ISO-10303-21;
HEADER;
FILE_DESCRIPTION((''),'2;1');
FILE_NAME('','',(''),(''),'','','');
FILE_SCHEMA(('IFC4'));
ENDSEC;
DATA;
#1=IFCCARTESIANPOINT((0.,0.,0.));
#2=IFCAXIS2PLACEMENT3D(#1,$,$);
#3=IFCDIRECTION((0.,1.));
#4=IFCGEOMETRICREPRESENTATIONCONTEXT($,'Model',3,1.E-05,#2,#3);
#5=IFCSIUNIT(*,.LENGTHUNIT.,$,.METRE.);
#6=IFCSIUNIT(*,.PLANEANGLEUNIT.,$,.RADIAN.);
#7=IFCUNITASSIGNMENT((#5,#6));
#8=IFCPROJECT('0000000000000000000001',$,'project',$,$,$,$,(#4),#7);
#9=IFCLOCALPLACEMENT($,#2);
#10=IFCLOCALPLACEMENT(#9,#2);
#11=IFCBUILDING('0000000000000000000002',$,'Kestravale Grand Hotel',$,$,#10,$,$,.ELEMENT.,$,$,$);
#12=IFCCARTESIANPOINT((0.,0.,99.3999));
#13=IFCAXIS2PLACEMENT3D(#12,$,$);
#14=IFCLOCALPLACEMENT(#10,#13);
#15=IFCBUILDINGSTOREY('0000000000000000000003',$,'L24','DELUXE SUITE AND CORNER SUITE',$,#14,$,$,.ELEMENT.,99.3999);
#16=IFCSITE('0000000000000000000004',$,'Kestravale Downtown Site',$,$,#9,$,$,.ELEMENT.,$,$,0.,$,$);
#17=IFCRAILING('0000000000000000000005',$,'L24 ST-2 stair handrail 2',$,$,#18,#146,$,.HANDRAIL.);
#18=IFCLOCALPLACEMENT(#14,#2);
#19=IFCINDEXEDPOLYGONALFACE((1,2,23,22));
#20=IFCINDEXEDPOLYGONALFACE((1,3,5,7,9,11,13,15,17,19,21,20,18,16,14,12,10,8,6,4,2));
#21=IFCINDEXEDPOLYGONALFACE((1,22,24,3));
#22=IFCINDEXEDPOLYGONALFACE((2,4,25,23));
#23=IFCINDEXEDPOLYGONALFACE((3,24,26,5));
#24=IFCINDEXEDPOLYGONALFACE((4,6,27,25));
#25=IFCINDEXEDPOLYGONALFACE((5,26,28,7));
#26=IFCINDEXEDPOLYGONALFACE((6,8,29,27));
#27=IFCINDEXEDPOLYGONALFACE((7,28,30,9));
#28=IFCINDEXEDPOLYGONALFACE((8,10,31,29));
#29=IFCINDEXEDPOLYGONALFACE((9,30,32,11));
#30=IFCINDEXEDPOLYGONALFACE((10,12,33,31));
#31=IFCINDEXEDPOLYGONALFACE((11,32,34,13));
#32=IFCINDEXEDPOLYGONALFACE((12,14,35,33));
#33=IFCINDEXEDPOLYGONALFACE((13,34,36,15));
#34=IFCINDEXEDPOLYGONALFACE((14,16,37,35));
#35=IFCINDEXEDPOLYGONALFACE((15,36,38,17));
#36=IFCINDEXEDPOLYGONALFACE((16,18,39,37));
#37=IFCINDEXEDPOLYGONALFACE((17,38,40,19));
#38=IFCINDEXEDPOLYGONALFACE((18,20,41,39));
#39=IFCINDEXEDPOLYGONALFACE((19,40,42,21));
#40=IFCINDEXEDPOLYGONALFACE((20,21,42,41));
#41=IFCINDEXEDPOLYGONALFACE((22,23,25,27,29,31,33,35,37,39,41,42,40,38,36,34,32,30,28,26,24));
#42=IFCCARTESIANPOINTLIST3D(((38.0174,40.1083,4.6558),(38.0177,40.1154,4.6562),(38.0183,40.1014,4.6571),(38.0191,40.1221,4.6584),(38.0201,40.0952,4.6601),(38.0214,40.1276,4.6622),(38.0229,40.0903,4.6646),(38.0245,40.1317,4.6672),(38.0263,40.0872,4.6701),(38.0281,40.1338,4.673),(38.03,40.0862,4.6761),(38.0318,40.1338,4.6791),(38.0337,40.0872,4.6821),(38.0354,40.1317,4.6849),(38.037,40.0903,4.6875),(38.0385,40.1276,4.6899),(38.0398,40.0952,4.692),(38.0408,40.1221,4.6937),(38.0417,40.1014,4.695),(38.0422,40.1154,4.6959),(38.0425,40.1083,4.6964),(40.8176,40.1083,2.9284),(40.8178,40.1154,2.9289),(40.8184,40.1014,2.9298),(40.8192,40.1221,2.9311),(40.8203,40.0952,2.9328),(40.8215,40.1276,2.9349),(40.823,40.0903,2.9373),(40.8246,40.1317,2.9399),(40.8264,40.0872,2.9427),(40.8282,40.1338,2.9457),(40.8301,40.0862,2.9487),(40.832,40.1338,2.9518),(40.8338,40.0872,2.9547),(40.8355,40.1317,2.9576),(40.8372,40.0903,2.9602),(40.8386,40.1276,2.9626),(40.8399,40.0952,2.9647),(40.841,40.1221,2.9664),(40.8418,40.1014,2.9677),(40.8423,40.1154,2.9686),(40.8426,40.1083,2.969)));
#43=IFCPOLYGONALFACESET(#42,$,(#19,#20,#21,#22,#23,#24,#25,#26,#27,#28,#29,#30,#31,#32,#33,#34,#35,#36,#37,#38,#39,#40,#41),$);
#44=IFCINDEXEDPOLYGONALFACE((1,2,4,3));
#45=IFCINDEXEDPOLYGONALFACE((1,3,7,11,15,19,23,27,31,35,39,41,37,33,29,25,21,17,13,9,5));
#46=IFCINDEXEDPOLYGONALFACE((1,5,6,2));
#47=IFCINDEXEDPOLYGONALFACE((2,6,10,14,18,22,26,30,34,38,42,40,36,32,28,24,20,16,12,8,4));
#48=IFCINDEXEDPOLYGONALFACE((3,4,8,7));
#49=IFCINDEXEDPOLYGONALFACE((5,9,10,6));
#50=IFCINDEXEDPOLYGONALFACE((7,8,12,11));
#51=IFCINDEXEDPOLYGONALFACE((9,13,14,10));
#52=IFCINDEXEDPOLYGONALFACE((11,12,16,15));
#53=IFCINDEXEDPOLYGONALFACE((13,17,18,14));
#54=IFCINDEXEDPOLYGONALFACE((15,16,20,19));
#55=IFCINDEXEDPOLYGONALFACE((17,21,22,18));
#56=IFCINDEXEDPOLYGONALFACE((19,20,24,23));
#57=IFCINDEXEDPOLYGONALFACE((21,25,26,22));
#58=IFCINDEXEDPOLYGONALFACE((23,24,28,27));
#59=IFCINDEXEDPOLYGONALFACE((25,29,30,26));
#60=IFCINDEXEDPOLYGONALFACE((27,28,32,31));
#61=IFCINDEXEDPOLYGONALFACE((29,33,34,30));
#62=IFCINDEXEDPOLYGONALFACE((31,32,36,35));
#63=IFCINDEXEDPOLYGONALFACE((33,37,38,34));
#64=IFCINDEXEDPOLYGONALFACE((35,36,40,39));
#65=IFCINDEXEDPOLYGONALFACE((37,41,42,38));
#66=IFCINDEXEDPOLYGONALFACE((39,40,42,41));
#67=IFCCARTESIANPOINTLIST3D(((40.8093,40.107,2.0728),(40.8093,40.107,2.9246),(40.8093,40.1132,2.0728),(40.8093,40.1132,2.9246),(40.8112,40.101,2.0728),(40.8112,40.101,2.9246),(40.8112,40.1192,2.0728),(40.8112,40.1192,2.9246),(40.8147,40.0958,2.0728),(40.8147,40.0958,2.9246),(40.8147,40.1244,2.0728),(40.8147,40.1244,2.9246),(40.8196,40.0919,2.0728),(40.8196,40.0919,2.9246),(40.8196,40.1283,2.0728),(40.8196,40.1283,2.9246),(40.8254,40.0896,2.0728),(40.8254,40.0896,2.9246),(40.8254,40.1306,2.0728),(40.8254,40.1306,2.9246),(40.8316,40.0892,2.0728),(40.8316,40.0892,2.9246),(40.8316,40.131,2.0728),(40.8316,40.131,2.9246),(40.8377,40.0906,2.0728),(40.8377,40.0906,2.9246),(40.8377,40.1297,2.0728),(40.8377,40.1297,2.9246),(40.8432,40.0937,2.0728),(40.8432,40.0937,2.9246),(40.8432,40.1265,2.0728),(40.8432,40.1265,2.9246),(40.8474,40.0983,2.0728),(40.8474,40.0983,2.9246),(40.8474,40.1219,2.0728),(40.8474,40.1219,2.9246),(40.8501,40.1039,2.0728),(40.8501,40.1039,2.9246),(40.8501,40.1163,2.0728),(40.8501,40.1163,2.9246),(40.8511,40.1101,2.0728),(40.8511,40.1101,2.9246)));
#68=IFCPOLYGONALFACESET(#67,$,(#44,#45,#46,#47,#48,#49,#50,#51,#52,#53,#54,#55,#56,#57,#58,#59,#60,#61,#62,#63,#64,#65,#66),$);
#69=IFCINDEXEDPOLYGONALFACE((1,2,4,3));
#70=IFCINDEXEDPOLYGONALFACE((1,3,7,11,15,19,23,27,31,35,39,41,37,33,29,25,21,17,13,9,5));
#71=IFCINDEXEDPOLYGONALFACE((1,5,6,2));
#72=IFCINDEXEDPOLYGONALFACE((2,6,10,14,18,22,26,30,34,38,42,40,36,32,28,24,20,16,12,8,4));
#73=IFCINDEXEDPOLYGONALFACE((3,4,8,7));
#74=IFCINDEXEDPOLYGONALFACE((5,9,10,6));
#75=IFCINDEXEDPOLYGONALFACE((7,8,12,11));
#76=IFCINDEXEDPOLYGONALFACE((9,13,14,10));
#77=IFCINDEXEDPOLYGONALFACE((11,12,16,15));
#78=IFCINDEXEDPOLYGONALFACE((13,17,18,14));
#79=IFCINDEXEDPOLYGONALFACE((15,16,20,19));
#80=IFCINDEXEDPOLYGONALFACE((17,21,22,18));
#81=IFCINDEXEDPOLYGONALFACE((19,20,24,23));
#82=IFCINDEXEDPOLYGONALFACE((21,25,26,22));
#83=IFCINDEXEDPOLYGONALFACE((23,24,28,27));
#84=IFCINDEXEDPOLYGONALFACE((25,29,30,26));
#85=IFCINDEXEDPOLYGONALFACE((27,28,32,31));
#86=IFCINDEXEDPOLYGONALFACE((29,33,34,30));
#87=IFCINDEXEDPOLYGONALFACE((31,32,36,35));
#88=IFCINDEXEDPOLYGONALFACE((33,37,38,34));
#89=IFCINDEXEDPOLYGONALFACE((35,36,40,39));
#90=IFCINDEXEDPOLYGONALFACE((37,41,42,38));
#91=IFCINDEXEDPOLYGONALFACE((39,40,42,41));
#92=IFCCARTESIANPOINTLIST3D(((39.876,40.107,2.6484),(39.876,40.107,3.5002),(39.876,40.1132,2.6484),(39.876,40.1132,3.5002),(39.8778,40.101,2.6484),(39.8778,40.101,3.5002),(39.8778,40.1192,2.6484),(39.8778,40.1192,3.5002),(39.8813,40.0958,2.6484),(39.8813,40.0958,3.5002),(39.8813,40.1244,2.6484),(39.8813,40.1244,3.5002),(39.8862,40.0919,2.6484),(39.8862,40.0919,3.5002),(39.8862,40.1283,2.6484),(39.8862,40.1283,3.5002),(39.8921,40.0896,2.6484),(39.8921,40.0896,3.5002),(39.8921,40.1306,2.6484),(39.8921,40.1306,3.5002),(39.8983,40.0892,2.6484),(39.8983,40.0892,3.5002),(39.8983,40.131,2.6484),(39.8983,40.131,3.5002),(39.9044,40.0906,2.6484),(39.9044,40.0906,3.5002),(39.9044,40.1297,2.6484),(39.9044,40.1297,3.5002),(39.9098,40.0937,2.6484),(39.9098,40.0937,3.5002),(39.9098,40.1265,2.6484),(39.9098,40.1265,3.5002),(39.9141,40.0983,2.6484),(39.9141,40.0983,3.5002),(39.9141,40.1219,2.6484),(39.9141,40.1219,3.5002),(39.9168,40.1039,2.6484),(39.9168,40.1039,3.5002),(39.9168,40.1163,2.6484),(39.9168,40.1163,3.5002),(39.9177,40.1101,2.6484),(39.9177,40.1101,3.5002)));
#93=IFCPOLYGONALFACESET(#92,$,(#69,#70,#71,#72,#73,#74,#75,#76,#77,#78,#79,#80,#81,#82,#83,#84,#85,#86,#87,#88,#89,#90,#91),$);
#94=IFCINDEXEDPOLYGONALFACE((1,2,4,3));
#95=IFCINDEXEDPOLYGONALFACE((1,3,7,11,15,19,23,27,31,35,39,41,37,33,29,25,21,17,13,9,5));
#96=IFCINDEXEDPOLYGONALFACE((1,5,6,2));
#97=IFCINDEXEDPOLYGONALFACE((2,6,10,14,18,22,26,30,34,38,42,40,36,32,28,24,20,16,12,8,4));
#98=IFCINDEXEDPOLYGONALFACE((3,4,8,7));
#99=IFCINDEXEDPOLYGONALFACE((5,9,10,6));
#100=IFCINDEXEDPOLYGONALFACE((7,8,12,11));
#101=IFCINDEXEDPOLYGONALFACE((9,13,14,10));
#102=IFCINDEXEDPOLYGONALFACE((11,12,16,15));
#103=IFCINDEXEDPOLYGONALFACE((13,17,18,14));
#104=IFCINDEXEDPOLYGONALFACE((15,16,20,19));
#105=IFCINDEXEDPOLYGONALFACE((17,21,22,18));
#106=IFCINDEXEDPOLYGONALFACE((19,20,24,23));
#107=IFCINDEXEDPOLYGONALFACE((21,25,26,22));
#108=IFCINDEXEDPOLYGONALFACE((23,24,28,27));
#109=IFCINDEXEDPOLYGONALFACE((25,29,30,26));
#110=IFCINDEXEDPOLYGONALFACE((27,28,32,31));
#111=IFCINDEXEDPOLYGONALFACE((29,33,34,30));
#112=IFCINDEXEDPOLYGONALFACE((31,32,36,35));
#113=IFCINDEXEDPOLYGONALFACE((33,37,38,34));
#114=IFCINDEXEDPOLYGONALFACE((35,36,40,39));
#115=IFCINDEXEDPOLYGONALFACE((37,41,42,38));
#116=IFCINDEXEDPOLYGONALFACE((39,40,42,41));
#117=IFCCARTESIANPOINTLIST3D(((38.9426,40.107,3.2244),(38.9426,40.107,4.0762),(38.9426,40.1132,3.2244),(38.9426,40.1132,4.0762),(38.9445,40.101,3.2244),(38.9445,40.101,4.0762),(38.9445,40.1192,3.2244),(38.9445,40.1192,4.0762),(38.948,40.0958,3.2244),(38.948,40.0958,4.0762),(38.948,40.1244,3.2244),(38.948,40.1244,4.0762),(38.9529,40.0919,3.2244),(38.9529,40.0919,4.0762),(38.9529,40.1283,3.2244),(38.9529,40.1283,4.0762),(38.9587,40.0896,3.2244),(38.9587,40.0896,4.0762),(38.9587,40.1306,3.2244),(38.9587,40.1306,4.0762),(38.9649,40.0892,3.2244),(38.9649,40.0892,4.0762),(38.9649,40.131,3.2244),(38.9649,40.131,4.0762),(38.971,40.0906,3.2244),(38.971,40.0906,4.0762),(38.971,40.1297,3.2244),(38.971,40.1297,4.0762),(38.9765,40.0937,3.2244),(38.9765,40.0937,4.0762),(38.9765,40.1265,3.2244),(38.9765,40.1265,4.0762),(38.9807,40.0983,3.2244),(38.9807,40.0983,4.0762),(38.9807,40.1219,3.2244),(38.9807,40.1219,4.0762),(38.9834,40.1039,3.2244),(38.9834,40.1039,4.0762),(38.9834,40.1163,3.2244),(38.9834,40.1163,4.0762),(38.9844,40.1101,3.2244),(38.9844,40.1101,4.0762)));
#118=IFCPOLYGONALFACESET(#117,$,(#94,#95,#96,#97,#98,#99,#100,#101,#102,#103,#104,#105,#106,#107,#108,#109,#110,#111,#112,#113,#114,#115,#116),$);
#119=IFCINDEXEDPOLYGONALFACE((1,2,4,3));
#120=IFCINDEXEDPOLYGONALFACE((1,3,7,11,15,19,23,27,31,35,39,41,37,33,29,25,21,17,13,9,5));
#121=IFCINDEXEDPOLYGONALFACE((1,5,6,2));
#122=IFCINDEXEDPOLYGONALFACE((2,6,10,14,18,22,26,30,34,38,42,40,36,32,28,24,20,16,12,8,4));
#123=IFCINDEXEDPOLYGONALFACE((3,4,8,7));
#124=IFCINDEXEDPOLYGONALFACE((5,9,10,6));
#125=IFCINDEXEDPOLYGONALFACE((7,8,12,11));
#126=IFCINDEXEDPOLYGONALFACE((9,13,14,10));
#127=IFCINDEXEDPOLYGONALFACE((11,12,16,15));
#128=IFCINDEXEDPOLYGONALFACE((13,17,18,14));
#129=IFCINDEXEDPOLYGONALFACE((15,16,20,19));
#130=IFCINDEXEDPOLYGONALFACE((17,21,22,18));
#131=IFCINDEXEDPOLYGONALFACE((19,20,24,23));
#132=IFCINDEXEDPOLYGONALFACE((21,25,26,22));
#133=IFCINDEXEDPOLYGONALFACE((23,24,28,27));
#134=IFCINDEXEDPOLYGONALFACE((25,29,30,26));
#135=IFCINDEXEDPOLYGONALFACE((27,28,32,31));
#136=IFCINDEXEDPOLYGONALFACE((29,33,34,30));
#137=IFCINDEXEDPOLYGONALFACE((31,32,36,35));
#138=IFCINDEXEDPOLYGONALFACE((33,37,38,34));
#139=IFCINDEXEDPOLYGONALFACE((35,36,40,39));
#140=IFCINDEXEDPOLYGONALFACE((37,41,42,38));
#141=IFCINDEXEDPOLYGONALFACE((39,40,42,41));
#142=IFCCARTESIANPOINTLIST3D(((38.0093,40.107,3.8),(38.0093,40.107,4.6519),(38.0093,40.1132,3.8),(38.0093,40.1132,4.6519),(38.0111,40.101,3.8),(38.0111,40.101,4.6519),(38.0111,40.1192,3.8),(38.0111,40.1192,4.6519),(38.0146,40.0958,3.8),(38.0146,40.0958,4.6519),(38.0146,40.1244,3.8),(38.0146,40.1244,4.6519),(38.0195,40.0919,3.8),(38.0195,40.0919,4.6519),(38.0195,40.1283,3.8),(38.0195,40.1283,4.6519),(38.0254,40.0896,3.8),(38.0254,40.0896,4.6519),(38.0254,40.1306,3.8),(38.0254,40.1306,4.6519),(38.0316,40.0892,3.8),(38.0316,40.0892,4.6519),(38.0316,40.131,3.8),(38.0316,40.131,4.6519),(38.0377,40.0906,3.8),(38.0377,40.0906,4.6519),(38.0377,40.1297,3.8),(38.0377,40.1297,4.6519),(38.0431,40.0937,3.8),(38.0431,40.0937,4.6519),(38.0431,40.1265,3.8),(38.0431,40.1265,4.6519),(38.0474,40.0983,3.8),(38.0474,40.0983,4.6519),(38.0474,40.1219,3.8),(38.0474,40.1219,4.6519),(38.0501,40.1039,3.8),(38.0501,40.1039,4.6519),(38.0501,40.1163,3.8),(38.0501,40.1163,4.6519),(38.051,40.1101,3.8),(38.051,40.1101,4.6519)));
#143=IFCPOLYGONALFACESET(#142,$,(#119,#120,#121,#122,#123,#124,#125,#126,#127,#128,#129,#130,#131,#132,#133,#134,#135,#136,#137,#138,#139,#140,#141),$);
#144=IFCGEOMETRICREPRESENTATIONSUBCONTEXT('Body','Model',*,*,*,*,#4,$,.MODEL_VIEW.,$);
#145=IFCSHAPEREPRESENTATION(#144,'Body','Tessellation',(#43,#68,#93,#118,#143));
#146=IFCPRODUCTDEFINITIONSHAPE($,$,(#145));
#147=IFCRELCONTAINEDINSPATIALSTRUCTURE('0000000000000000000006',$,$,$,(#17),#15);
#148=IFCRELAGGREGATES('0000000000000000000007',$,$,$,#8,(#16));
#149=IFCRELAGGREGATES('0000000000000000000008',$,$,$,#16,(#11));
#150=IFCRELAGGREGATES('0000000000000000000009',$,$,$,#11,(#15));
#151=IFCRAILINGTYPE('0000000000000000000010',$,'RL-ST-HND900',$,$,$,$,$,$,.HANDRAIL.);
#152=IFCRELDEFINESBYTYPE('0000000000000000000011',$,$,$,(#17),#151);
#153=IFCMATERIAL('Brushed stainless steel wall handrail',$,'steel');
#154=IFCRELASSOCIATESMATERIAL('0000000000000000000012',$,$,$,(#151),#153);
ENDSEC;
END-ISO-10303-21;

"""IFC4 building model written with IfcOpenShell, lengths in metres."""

from ifc_helpers import new_model, si_unit, direction, frame, origin, origin_2d, place, context, subcontext, project, spatial, circle, extrude, material, type_object, element, save


model = new_model("IFC4")

# Units and contexts
model_context = context("Model", 3, precision=1e-05, world=origin(), true_north=direction((0.0, 1.0)))
body_context = subcontext(model_context, "Body", "Model", "MODEL_VIEW")
ifc_project = project(units=[si_unit("LENGTHUNIT", "METRE"), si_unit("PLANEANGLEUNIT", "RADIAN")], contexts=[model_context])

# Site, building, storey
site_placement = place(None, origin())
site = spatial("IfcSite", under=ifc_project, at=site_placement, Name="Kestravale Downtown Site", CompositionType="ELEMENT", RefElevation=0.0)
building_placement = place(site_placement, origin())
building = spatial("IfcBuilding", under=site, at=building_placement, Name="Kestravale Grand Hotel", CompositionType="ELEMENT")
storey_placement = place(building_placement, frame((0.0, 0.0, 99.3999)))
storey = spatial("IfcBuildingStorey", under=building, at=storey_placement, Name="L24", Description="DELUXE SUITE AND CORNER SUITE", CompositionType="ELEMENT", Elevation=99.3999)

# Railing
ifc_material_1 = material(Name="Brushed stainless steel wall handrail", Category="steel")
railing_type_1 = type_object("IfcRailingType", Name="RL-ST-HND900", PredefinedType="HANDRAIL", material=ifc_material_1)
railing_1_placement = place(storey_placement, frame((40.8301, 40.1101, 2.0728)))
element("IfcRailing", 1, at=railing_1_placement, inside=storey, type_object=railing_type_1, Name="L24 ST-2 stair handrail 2", PredefinedType="HANDRAIL", context=body_context, shape_type="SweptSolid", body=[
    extrude(circle(Radius=0.0239, at=origin_2d()), frame((0.0, 0.0, 0.876), z_axis=(-0.85109, 0.0, 0.52502), x_axis=(0.0, -1.0, 0.0)), (0.0, 0.0, 1.0), 3.29),
    extrude(circle(Radius=0.021, at=origin_2d()), origin(), (0.0, 0.0, 1.0), 0.8518),
    extrude(circle(Radius=0.021, at=origin_2d()), frame((-0.9333, 0.0, 0.5757)), (0.0, 0.0, 1.0), 0.8518),
    extrude(circle(Radius=0.021, at=origin_2d()), frame((-1.8667, 0.0, 1.1516)), (0.0, 0.0, 1.0), 0.8518),
    extrude(circle(Radius=0.021, at=origin_2d()), frame((-2.8, 0.0, 1.7273)), (0.0, 0.0, 1.0), 0.8518),
])

save(model, "model.ifc")
